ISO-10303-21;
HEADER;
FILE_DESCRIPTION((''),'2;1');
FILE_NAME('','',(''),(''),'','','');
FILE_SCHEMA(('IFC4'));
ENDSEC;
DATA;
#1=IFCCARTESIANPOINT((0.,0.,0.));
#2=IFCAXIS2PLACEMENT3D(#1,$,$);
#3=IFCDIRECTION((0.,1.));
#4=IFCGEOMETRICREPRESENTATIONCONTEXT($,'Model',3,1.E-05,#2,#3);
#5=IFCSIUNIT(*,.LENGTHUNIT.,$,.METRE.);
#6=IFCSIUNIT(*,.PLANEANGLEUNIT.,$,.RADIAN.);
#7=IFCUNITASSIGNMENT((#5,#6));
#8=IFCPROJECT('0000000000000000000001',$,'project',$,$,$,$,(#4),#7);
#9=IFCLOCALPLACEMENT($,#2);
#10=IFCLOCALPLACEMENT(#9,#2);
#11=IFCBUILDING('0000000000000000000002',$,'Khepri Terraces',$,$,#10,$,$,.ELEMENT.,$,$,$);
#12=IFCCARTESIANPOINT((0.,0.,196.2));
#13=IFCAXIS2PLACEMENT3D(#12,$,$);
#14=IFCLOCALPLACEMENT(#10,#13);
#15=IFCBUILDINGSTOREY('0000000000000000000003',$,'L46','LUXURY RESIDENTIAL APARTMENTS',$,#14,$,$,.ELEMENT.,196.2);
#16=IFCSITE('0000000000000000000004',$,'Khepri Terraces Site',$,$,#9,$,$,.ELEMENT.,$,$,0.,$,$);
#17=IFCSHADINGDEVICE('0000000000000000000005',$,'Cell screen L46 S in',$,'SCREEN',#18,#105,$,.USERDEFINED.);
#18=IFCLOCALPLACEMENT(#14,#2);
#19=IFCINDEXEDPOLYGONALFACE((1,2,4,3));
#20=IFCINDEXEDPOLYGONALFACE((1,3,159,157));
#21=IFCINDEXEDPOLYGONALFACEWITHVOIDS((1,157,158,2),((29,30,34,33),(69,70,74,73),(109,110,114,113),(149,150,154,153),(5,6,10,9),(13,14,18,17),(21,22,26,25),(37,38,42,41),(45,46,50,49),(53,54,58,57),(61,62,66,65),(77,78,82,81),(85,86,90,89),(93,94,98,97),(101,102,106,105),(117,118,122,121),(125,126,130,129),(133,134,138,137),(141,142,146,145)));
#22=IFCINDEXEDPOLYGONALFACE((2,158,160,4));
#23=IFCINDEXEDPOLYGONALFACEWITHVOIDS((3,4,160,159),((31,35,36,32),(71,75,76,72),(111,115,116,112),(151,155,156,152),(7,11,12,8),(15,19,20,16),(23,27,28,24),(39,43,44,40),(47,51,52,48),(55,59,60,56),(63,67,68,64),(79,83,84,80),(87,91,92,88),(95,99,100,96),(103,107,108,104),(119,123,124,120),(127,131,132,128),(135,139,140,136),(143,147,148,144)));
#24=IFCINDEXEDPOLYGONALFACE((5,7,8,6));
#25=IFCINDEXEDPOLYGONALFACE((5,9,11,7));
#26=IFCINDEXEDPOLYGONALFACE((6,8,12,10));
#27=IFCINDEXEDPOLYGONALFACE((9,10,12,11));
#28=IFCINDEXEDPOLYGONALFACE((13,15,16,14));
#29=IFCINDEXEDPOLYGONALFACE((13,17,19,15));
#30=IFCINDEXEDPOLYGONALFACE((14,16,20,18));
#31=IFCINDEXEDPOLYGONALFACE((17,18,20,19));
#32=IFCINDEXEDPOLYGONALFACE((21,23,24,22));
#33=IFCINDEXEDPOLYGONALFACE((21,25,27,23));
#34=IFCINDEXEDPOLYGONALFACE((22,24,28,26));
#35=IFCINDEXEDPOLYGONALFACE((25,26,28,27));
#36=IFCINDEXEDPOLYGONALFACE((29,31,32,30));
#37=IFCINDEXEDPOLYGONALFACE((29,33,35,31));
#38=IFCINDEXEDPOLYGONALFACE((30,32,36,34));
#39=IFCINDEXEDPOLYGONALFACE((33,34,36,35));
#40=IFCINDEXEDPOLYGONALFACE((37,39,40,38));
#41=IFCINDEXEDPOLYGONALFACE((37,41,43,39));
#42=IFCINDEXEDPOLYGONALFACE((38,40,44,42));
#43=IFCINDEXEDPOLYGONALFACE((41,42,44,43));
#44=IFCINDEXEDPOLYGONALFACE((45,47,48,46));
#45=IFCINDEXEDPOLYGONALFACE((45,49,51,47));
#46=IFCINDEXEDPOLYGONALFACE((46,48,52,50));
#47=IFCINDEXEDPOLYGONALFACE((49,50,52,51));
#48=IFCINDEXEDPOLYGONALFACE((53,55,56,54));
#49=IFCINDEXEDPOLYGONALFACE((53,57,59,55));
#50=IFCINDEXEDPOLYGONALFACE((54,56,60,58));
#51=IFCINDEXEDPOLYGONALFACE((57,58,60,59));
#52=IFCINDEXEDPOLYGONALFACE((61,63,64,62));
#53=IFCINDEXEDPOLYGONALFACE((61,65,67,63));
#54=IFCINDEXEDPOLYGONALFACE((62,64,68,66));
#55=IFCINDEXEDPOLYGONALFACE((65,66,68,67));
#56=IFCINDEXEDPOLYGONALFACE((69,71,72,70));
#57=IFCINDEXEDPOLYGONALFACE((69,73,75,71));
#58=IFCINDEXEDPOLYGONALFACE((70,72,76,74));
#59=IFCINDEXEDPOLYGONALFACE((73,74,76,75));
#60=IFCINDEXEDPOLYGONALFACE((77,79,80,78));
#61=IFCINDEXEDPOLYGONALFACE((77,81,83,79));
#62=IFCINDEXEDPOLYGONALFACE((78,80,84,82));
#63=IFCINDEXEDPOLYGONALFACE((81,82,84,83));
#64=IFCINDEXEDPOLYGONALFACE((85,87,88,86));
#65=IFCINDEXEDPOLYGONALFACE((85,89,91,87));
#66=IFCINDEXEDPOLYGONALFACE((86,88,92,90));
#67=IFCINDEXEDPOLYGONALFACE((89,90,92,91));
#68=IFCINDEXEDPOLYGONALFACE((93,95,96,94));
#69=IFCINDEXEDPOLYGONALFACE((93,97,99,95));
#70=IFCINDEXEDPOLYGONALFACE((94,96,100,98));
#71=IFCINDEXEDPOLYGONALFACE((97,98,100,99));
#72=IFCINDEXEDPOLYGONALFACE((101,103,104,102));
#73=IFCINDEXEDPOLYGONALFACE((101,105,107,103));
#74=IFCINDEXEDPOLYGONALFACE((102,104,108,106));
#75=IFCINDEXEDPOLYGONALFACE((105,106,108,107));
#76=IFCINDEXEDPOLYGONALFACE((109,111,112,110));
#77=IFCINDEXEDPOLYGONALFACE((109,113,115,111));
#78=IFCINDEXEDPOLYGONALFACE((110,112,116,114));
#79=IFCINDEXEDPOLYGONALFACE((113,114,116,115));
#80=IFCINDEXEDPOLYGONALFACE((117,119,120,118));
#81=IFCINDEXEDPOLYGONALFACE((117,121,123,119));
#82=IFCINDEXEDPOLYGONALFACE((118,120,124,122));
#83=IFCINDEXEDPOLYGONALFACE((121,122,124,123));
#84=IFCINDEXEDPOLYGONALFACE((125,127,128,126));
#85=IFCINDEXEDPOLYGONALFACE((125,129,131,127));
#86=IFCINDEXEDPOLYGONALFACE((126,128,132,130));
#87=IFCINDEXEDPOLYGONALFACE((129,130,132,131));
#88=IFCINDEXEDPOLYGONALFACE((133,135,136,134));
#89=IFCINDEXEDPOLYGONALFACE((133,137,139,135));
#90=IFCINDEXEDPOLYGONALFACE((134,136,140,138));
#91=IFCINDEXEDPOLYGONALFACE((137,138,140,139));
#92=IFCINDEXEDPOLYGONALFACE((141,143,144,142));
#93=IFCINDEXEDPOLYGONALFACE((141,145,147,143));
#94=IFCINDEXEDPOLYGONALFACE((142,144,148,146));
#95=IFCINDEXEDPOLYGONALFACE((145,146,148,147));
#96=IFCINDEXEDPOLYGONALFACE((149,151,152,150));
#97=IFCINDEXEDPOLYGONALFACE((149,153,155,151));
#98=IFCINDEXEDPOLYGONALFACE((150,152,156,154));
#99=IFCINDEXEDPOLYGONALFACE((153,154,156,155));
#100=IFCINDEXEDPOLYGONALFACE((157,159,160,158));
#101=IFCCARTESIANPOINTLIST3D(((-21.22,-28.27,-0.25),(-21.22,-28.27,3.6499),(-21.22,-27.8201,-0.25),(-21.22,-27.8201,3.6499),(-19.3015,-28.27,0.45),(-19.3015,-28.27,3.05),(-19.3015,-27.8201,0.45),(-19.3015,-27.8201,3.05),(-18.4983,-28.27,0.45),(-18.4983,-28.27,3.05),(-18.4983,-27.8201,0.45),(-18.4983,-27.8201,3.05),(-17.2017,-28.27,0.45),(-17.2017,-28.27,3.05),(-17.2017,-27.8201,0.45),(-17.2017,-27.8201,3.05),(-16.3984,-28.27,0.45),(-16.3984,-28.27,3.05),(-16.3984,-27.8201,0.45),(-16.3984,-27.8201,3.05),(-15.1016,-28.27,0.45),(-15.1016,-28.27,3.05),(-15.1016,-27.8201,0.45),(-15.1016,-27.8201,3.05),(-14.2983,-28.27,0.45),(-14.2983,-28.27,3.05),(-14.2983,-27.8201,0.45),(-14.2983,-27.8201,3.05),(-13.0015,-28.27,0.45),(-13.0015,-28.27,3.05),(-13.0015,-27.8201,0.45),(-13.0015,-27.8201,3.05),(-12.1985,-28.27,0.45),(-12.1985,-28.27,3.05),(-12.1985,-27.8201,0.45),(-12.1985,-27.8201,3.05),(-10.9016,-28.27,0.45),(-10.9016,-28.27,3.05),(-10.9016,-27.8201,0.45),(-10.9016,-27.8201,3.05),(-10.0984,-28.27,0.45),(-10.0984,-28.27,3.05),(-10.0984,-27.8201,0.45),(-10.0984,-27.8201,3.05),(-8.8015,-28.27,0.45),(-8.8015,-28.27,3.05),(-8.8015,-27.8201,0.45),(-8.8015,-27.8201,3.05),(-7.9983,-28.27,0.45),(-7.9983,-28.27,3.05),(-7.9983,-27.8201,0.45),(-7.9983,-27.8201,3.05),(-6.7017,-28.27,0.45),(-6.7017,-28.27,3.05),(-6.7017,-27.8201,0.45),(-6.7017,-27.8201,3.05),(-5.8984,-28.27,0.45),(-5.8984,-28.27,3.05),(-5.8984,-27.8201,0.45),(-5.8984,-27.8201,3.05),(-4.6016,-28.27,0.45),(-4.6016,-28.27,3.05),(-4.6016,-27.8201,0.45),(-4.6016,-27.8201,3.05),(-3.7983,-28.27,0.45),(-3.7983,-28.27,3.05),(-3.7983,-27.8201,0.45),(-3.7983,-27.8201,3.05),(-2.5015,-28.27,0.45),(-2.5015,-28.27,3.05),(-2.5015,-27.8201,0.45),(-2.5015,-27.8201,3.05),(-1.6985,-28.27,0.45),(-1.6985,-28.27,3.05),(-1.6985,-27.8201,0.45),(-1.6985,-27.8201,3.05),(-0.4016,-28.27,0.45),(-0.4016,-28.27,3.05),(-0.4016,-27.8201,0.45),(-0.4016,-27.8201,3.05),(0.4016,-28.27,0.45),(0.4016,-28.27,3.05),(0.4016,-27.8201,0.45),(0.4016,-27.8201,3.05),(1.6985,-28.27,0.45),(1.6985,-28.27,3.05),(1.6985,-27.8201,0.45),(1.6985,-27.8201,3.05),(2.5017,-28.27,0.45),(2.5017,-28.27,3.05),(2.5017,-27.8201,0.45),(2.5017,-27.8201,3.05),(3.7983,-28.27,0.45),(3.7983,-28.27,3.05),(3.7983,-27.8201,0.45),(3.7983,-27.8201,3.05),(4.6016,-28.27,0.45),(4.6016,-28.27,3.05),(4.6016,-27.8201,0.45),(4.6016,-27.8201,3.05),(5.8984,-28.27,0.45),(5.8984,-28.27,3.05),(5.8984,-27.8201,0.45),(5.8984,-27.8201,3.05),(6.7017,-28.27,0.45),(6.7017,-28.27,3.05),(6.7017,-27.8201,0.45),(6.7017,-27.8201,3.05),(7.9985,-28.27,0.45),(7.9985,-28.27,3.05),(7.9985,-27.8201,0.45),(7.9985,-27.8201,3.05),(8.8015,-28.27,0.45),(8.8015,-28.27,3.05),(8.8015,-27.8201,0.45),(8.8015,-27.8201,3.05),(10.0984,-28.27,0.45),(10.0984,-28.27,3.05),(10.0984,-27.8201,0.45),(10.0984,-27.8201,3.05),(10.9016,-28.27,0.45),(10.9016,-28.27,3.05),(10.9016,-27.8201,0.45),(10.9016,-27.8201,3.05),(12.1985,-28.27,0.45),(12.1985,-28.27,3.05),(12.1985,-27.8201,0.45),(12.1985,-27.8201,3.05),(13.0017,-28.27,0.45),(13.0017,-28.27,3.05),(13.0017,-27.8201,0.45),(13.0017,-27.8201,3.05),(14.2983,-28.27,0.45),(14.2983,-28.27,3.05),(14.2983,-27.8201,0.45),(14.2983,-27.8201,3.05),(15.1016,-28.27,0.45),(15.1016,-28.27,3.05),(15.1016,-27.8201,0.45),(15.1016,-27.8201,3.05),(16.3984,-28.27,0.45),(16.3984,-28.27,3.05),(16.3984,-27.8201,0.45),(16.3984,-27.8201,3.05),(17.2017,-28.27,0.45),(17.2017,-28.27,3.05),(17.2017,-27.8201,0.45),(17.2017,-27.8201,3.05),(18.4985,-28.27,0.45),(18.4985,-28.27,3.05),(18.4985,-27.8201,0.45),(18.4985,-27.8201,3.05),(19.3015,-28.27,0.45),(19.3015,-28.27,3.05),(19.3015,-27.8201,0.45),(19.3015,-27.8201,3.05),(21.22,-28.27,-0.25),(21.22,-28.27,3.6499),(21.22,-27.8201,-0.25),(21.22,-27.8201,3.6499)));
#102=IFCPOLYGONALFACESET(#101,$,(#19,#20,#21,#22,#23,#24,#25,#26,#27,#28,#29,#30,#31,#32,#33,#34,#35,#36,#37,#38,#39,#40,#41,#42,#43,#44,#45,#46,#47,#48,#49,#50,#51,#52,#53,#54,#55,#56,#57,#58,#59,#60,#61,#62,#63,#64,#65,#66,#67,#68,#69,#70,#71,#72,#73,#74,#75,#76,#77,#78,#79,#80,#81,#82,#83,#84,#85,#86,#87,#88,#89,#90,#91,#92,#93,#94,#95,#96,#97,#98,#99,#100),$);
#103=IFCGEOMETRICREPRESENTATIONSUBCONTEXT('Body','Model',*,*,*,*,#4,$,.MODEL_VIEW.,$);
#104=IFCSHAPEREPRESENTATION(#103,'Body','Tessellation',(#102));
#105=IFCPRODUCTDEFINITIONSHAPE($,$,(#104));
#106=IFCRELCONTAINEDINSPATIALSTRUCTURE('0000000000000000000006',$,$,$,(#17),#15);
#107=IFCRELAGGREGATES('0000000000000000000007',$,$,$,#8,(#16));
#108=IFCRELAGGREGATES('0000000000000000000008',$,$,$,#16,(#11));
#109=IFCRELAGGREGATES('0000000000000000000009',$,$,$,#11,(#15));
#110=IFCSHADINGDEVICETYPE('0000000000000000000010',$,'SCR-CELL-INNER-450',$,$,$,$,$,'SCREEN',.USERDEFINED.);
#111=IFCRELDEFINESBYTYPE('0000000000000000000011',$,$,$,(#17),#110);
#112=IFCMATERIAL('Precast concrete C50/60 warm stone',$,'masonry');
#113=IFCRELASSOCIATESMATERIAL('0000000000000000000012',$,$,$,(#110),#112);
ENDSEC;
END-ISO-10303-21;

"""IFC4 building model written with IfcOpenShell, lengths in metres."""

from ifc_helpers import new_model, si_unit, direction, frame, origin, place, context, subcontext, project, spatial, polyline, outline, extrude, material, type_object, element, save


model = new_model("IFC4")

# Units and contexts
model_context = context("Model", 3, precision=1e-05, world=origin(), true_north=direction((0.0, 1.0)))
body_context = subcontext(model_context, "Body", "Model", "MODEL_VIEW")
ifc_project = project(units=[si_unit("LENGTHUNIT", "METRE"), si_unit("PLANEANGLEUNIT", "RADIAN")], contexts=[model_context])

# Site, building, storey
site_placement = place(None, origin())
site = spatial("IfcSite", under=ifc_project, at=site_placement, Name="Khepri Terraces Site", CompositionType="ELEMENT", RefElevation=0.0)
building_placement = place(site_placement, origin())
building = spatial("IfcBuilding", under=site, at=building_placement, Name="Khepri Terraces", CompositionType="ELEMENT")
storey_placement = place(building_placement, frame((0.0, 0.0, 196.2)))
storey = spatial("IfcBuildingStorey", under=building, at=storey_placement, Name="L46", Description="LUXURY RESIDENTIAL APARTMENTS", CompositionType="ELEMENT", Elevation=196.2)

# Shared definitions
ifc_material_1 = material(Name="Precast concrete C50/60 warm stone", Category="masonry")

# Shading device
shading_device_type_1 = type_object("IfcShadingDeviceType", Name="SCR-CELL-INNER-450", ElementType="SCREEN", PredefinedType="USERDEFINED", material=ifc_material_1)
shading_device_1_placement = place(storey_placement, frame((-21.22, -27.8201, -0.25), z_axis=(0.0, -1.0, 0.0), x_axis=(1.0, 0.0, 0.0)))
element("IfcShadingDevice", 1, at=shading_device_1_placement, inside=storey, type_object=shading_device_type_1, Name="Cell screen L46 S in", ObjectType="SCREEN", PredefinedType="USERDEFINED", context=body_context, shape_type="SweptSolid", body=[
    extrude(outline(polyline([(0.0, 0.0), (42.4399, 0.0), (42.4399, 3.8999), (0.0, 3.8999), (0.0, 0.0)]), holes=[polyline([(1.9185, 0.7), (2.7217, 0.7), (2.7217, 3.3), (1.9185, 3.3), (1.9185, 0.7)]), polyline([(4.0183, 0.7), (4.8215, 0.7), (4.8215, 3.3), (4.0183, 3.3), (4.0183, 0.7)]), polyline([(6.1184, 0.7), (6.9216, 0.7), (6.9216, 3.3), (6.1184, 3.3), (6.1184, 0.7)]), polyline([(8.2185, 0.7), (9.0215, 0.7), (9.0215, 3.3), (8.2185, 3.3), (8.2185, 0.7)]), polyline([(10.3184, 0.7), (11.1216, 0.7), (11.1216, 3.3), (10.3184, 3.3), (10.3184, 0.7)]), polyline([(12.4185, 0.7), (13.2217, 0.7), (13.2217, 3.3), (12.4185, 3.3), (12.4185, 0.7)]), polyline([(14.5183, 0.7), (15.3215, 0.7), (15.3215, 3.3), (14.5183, 3.3), (14.5183, 0.7)]), polyline([(16.6184, 0.7), (17.4216, 0.7), (17.4216, 3.3), (16.6184, 3.3), (16.6184, 0.7)]), polyline([(18.7185, 0.7), (19.5215, 0.7), (19.5215, 3.3), (18.7185, 3.3), (18.7185, 0.7)]), polyline([(20.8184, 0.7), (21.6216, 0.7), (21.6216, 3.3), (20.8184, 3.3), (20.8184, 0.7)]), polyline([(22.9185, 0.7), (23.7217, 0.7), (23.7217, 3.3), (22.9185, 3.3), (22.9185, 0.7)]), polyline([(25.0183, 0.7), (25.8215, 0.7), (25.8215, 3.3), (25.0183, 3.3), (25.0183, 0.7)]), polyline([(27.1184, 0.7), (27.9216, 0.7), (27.9216, 3.3), (27.1184, 3.3), (27.1184, 0.7)]), polyline([(29.2185, 0.7), (30.0215, 0.7), (30.0215, 3.3), (29.2185, 3.3), (29.2185, 0.7)]), polyline([(31.3184, 0.7), (32.1216, 0.7), (32.1216, 3.3), (31.3184, 3.3), (31.3184, 0.7)]), polyline([(33.4185, 0.7), (34.2217, 0.7), (34.2217, 3.3), (33.4185, 3.3), (33.4185, 0.7)]), polyline([(35.5183, 0.7), (36.3215, 0.7), (36.3215, 3.3), (35.5183, 3.3), (35.5183, 0.7)]), polyline([(37.6184, 0.7), (38.4216, 0.7), (38.4216, 3.3), (37.6184, 3.3), (37.6184, 0.7)]), polyline([(39.7185, 0.7), (40.5215, 0.7), (40.5215, 3.3), (39.7185, 3.3), (39.7185, 0.7)])]), origin(), (0.0, 0.0, 1.0), 0.45),
])

save(model, "model.ifc")
